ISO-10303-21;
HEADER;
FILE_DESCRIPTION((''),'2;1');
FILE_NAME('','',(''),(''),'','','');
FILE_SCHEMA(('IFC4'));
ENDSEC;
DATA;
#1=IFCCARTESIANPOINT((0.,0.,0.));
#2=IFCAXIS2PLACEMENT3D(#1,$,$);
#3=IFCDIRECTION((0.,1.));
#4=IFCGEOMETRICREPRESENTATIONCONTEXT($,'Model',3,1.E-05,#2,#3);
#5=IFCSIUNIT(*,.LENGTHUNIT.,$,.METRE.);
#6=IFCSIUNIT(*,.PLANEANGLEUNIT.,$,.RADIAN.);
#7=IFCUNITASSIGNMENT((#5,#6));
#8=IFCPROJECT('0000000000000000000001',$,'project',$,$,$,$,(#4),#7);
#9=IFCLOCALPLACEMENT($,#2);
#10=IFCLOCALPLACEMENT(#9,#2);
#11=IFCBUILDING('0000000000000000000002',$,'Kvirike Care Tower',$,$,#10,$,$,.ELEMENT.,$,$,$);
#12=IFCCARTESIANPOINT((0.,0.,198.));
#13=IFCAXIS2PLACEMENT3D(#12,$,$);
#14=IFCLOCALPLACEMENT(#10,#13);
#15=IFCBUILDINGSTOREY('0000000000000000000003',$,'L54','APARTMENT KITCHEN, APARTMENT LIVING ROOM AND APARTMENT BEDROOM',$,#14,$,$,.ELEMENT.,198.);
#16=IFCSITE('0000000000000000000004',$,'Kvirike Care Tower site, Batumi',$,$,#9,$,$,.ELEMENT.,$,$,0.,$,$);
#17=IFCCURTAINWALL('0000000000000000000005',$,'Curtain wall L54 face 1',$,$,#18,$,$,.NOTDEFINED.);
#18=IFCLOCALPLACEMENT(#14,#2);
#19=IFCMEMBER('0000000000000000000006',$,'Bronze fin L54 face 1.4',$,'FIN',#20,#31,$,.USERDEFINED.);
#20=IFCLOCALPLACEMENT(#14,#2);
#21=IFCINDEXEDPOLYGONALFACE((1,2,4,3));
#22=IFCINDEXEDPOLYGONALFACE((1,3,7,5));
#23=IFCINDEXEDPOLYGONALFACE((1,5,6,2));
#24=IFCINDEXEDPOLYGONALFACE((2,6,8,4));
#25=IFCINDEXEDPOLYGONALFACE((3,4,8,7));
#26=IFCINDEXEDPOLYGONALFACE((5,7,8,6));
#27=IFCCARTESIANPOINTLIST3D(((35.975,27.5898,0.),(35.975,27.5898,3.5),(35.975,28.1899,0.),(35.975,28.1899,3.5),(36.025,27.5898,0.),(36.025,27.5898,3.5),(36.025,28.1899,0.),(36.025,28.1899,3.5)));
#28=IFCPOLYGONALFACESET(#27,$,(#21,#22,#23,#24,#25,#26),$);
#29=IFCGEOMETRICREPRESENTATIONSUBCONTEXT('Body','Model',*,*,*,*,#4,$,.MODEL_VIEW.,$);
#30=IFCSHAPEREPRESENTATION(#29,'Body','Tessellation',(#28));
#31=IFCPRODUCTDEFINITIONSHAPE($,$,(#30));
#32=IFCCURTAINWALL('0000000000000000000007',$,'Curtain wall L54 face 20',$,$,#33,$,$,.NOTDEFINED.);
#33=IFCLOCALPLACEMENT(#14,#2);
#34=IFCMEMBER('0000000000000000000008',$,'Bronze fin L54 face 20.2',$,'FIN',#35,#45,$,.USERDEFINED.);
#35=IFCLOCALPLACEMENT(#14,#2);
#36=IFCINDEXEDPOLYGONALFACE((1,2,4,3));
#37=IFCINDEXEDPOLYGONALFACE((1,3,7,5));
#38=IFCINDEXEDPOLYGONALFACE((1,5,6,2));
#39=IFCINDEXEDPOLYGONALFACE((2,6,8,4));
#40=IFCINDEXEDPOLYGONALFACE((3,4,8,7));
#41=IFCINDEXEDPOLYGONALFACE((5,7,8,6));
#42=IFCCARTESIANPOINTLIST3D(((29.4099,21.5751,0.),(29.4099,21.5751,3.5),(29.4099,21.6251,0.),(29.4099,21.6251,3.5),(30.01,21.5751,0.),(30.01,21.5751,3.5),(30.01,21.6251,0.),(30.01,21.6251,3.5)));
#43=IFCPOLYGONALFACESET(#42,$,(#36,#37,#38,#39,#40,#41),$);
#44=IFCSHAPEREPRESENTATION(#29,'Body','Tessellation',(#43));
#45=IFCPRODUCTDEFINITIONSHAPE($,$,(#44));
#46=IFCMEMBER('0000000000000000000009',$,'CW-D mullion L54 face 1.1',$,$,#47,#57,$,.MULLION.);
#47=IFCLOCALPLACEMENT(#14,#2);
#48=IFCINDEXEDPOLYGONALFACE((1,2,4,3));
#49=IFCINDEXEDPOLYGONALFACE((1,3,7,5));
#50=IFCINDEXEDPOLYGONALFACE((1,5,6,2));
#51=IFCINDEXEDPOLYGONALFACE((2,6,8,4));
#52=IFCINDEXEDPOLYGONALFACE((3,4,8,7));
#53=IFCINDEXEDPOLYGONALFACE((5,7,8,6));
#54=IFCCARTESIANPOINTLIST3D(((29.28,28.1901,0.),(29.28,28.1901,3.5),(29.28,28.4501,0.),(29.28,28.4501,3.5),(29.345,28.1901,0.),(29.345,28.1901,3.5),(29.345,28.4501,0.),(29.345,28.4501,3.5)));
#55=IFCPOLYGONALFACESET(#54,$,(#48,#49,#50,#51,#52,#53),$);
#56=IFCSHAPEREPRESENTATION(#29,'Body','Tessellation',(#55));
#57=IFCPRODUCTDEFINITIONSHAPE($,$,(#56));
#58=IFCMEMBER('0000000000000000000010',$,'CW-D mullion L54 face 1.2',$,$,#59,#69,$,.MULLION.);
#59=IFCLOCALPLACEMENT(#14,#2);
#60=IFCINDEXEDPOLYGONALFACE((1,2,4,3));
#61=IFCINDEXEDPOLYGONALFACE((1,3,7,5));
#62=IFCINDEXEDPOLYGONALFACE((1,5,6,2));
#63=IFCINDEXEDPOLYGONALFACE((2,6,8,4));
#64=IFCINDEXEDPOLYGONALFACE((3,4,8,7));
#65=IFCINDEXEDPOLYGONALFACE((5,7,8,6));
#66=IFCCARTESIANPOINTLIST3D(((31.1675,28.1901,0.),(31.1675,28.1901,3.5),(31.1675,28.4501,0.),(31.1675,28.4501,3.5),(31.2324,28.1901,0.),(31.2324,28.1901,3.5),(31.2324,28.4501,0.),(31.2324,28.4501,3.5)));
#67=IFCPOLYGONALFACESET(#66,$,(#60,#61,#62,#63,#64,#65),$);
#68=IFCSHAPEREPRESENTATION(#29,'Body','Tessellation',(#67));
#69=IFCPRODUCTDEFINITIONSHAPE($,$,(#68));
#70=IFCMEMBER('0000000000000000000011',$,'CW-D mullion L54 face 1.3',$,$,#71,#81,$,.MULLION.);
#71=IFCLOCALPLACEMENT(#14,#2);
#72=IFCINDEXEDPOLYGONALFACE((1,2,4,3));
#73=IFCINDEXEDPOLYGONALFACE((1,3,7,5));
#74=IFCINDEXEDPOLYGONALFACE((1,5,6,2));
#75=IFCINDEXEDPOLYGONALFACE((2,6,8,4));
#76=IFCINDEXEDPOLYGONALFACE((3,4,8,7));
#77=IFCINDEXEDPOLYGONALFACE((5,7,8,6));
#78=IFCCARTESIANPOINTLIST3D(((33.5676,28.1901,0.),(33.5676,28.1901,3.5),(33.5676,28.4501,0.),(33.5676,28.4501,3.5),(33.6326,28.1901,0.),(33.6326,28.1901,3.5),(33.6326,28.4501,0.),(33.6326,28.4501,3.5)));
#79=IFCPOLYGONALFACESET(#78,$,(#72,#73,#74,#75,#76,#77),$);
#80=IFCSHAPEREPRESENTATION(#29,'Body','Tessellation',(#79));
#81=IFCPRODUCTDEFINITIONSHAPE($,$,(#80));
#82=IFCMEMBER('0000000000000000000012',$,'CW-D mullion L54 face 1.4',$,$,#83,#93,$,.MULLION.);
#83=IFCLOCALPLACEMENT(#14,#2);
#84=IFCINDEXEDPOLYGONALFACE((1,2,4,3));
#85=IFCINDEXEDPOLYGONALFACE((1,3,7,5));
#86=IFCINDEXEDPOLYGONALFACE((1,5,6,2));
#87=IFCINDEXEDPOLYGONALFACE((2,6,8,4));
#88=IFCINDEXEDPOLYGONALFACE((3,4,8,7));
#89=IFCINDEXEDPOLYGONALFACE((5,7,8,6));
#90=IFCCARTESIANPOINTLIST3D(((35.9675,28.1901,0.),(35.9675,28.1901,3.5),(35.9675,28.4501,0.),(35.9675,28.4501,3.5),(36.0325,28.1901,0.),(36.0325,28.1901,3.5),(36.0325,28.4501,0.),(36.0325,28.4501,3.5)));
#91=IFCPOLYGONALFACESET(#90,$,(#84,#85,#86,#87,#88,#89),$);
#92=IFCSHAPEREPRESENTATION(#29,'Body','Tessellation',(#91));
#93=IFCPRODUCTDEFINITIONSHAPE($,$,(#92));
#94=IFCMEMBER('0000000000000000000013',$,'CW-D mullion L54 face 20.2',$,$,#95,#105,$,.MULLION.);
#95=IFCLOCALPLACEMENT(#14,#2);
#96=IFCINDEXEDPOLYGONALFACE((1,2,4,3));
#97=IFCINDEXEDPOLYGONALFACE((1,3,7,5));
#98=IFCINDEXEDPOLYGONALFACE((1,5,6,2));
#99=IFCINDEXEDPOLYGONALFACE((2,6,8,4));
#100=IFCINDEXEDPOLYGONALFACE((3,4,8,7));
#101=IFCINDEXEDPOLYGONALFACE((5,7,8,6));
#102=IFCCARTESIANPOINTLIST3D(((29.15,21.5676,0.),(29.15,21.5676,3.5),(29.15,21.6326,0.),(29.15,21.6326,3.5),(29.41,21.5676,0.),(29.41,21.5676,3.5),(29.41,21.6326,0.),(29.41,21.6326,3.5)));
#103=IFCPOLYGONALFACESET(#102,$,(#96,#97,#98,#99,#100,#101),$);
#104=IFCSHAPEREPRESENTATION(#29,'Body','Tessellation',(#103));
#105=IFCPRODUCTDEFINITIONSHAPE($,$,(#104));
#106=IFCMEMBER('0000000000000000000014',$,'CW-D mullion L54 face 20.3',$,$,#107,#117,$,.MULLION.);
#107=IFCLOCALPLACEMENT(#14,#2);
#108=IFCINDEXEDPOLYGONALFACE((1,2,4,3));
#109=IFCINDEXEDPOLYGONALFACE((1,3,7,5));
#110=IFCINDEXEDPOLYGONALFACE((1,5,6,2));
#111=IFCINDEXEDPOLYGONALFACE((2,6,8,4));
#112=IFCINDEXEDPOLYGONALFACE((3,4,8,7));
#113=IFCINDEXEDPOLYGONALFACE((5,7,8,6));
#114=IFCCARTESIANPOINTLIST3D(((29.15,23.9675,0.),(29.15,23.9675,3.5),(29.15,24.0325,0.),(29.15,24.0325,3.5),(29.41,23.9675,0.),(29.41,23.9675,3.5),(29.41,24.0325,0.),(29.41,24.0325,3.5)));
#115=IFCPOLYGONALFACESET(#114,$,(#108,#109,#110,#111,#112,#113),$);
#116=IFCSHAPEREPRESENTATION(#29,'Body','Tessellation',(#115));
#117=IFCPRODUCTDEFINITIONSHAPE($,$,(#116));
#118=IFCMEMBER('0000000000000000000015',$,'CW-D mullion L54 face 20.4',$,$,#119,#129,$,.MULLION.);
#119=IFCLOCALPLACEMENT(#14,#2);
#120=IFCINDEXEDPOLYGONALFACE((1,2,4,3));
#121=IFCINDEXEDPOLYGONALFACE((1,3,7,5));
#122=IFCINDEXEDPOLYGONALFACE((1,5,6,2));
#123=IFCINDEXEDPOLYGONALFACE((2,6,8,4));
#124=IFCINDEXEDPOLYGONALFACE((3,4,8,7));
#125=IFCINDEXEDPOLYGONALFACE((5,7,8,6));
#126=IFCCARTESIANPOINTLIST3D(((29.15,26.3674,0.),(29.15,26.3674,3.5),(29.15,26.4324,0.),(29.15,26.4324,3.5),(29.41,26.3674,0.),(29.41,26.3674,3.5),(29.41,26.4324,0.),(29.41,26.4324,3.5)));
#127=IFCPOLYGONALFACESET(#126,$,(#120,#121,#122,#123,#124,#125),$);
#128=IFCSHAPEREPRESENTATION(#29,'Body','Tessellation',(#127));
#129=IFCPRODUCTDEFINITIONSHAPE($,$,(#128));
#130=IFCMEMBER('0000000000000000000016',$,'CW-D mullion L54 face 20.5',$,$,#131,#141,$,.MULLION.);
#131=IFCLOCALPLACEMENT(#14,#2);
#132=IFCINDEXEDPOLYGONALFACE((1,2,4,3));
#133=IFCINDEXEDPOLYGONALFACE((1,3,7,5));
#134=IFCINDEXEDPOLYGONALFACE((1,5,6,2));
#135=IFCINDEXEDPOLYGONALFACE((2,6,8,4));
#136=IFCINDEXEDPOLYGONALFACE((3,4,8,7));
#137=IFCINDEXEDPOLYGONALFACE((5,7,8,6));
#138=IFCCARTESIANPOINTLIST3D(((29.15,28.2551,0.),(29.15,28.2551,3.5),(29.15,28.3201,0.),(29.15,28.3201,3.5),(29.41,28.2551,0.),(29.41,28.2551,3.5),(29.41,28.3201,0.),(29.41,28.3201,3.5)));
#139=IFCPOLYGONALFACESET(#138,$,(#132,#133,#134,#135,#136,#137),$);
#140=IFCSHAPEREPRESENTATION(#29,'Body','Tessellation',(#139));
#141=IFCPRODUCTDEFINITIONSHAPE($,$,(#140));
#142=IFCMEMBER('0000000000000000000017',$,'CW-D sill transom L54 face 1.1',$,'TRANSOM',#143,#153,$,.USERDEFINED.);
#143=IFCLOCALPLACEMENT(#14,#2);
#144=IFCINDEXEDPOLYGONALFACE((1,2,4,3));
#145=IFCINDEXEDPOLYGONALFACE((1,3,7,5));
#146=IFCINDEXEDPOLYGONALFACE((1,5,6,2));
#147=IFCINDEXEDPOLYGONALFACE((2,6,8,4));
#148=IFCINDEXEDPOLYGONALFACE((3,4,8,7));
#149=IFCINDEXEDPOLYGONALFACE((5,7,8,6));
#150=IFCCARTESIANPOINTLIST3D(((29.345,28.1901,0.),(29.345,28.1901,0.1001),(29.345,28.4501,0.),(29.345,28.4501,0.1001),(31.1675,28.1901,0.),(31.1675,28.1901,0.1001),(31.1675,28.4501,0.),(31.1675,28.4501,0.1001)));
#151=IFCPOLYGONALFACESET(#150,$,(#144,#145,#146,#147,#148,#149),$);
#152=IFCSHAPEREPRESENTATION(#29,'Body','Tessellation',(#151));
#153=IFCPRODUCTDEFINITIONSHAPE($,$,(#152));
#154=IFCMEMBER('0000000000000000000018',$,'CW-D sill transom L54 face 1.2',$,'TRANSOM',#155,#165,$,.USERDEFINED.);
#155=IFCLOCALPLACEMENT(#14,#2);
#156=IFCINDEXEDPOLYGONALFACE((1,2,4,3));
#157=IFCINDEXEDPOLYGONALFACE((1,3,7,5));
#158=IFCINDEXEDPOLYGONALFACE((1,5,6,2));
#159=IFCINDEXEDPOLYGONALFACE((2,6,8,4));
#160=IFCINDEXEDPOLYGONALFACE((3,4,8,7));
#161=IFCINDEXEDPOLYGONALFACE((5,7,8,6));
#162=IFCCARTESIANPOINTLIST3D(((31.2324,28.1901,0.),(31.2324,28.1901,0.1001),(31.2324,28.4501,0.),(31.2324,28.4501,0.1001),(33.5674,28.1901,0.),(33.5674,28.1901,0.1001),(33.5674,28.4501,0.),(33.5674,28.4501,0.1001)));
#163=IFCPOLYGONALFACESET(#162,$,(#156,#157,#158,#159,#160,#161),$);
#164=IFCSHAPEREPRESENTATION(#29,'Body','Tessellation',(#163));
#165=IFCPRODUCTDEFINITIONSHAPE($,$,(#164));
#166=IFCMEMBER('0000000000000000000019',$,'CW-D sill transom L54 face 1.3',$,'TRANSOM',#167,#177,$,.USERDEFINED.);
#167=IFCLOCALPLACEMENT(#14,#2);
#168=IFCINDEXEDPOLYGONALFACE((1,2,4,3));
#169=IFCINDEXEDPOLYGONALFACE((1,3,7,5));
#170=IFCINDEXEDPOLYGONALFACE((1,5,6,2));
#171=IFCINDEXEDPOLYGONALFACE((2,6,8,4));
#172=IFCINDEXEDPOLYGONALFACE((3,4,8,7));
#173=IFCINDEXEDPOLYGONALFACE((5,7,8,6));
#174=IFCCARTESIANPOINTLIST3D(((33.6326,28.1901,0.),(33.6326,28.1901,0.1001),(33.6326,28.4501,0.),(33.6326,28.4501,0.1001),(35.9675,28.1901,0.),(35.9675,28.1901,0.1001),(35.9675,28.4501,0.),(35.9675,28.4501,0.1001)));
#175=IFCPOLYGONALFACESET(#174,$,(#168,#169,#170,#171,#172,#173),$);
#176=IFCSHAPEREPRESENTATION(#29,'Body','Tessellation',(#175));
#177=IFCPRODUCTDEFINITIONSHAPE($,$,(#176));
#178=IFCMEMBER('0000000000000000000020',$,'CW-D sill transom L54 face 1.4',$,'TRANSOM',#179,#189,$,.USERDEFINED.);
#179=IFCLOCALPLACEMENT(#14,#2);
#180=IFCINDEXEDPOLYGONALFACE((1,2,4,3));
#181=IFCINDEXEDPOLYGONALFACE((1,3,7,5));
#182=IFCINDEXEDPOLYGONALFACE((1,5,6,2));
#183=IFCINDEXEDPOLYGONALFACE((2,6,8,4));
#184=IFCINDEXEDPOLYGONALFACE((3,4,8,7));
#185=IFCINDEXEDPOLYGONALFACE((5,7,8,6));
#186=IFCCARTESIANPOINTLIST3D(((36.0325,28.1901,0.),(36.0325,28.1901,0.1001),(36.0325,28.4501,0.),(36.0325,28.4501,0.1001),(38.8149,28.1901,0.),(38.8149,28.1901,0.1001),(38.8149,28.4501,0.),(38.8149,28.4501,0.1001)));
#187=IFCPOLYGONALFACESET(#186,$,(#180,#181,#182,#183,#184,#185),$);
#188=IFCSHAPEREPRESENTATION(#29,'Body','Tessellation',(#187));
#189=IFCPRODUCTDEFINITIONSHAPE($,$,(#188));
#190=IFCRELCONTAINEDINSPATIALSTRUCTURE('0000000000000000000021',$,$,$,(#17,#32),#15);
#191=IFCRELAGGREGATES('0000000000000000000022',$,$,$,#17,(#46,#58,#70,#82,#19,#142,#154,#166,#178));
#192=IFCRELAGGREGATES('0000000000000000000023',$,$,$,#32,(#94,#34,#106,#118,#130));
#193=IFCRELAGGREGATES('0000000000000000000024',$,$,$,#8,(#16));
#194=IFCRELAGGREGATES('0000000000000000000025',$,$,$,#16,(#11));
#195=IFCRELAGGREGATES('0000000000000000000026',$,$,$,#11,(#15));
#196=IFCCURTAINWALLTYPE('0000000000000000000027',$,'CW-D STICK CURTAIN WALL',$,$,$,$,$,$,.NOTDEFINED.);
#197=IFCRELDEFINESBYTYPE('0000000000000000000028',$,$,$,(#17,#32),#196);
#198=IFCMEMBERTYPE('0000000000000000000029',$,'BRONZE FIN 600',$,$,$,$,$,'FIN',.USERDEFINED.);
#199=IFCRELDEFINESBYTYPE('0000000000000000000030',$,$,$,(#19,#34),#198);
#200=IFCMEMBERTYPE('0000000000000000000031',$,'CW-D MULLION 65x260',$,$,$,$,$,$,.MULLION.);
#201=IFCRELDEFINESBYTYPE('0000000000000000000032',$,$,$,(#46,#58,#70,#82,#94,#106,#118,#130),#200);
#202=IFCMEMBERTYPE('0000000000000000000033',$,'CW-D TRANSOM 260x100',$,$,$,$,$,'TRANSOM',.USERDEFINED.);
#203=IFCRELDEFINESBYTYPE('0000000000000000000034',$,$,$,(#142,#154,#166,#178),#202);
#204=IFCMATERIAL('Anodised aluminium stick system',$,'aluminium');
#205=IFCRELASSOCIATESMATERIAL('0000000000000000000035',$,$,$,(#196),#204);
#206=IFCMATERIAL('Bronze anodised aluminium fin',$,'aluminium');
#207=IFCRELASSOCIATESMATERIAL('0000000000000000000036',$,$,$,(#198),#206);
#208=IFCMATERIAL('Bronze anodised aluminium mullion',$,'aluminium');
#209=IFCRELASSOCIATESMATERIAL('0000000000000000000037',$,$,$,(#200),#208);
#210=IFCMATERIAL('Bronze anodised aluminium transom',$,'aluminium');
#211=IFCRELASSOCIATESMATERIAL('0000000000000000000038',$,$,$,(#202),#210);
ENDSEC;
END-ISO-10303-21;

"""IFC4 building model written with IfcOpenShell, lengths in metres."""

from ifc_helpers import new_model, si_unit, direction, frame, origin, origin_2d, place, context, subcontext, project, spatial, rectangle, extrude, material, material_profile, profile_set, type_object, element, aggregate, save


model = new_model("IFC4")

# Units and contexts
model_context = context("Model", 3, precision=1e-05, world=origin(), true_north=direction((0.0, 1.0)))
body_context = subcontext(model_context, "Body", "Model", "MODEL_VIEW")
ifc_project = project(units=[si_unit("LENGTHUNIT", "METRE"), si_unit("PLANEANGLEUNIT", "RADIAN")], contexts=[model_context])

# Site, building, storey
site_placement = place(None, origin())
site = spatial("IfcSite", under=ifc_project, at=site_placement, Name="Kvirike Care Tower site, Batumi", CompositionType="ELEMENT", RefElevation=0.0)
building_placement = place(site_placement, origin())
building = spatial("IfcBuilding", under=site, at=building_placement, Name="Kvirike Care Tower", CompositionType="ELEMENT")
storey_placement = place(building_placement, frame((0.0, 0.0, 198.0)))
storey = spatial("IfcBuildingStorey", under=building, at=storey_placement, Name="L54", Description="APARTMENT KITCHEN, APARTMENT LIVING ROOM AND APARTMENT BEDROOM", CompositionType="ELEMENT", Elevation=198.0)

# Curtain walls, members
ifc_material_1 = material(Name="Anodised aluminium stick system", Category="aluminium")
curtain_wall_type = type_object("IfcCurtainWallType", Name="CW-D STICK CURTAIN WALL", PredefinedType="NOTDEFINED", material=ifc_material_1)
curtain_wall_1_placement = place(storey_placement, origin())
curtain_wall_1 = element("IfcCurtainWall", 1, at=curtain_wall_1_placement, inside=storey, type_object=curtain_wall_type, Name="Curtain wall L54 face 1", PredefinedType="NOTDEFINED")
ifc_material_2 = material(Name="Bronze anodised aluminium fin", Category="aluminium")
ifc_material_profile_1 = material_profile(ifc_material_2, rectangle(XDim=0.05, YDim=0.6001, at=origin_2d()), Name="BRONZE FIN 600")
ifc_profile_set_1 = profile_set([ifc_material_profile_1], Name="Bronze anodised aluminium fin")
member_type_1 = type_object("IfcMemberType", Name="BRONZE FIN 600", ElementType="FIN", PredefinedType="USERDEFINED", material=ifc_profile_set_1)
member_1_placement = place(storey_placement, frame((36.0, 27.8899, 0.0), z_axis=(0.0, 0.0, 1.0), x_axis=(1.0, 0.0, 0.0)))
member_1 = element("IfcMember", 2, at=member_1_placement, type_object=member_type_1, Name="Bronze fin L54 face 1.4", ObjectType="FIN", PredefinedType="USERDEFINED", context=body_context, shape_type="SweptSolid", body=[
    extrude(rectangle(XDim=0.05, YDim=0.6001, at=origin_2d()), origin(), (0.0, 0.0, 1.0), 3.5),
])
curtain_wall_2_placement = place(storey_placement, origin())
curtain_wall_2 = element("IfcCurtainWall", 3, at=curtain_wall_2_placement, inside=storey, type_object=curtain_wall_type, Name="Curtain wall L54 face 20", PredefinedType="NOTDEFINED")
member_2_placement = place(storey_placement, frame((29.71, 21.6001, 0.0), z_axis=(0.0, 0.0, 1.0), x_axis=(0.0, 1.0, 0.0)))
member_2 = element("IfcMember", 4, at=member_2_placement, type_object=member_type_1, Name="Bronze fin L54 face 20.2", ObjectType="FIN", PredefinedType="USERDEFINED", context=body_context, shape_type="SweptSolid", body=[
    extrude(rectangle(XDim=0.05, YDim=0.6001, at=origin_2d()), origin(), (0.0, 0.0, 1.0), 3.5),
])

# Members
ifc_material_3 = material(Name="Bronze anodised aluminium mullion", Category="aluminium")
ifc_material_profile_2 = material_profile(ifc_material_3, rectangle(XDim=0.0649, YDim=0.26, at=origin_2d()), Name="CW-D MULLION 65x260")
ifc_profile_set_2 = profile_set([ifc_material_profile_2], Name="Bronze anodised aluminium mullion")
member_type_2 = type_object("IfcMemberType", Name="CW-D MULLION 65x260", PredefinedType="MULLION", material=ifc_profile_set_2)
member_3_placement = place(storey_placement, frame((29.3125, 28.3201, 0.0), z_axis=(0.0, 0.0, 1.0), x_axis=(1.0, 0.0, 0.0)))
member_3 = element("IfcMember", 5, at=member_3_placement, type_object=member_type_2, Name="CW-D mullion L54 face 1.1", PredefinedType="MULLION", context=body_context, shape_type="SweptSolid", body=[
    extrude(rectangle(XDim=0.0649, YDim=0.26, at=origin_2d()), origin(), (0.0, 0.0, 1.0), 3.5),
])
member_4_placement = place(storey_placement, frame((31.2, 28.3201, 0.0), z_axis=(0.0, 0.0, 1.0), x_axis=(1.0, 0.0, 0.0)))
member_4 = element("IfcMember", 6, at=member_4_placement, type_object=member_type_2, Name="CW-D mullion L54 face 1.2", PredefinedType="MULLION", context=body_context, shape_type="SweptSolid", body=[
    extrude(rectangle(XDim=0.0649, YDim=0.26, at=origin_2d()), origin(), (0.0, 0.0, 1.0), 3.5),
])
member_5_placement = place(storey_placement, frame((33.6001, 28.3201, 0.0), z_axis=(0.0, 0.0, 1.0), x_axis=(1.0, 0.0, 0.0)))
member_5 = element("IfcMember", 7, at=member_5_placement, type_object=member_type_2, Name="CW-D mullion L54 face 1.3", PredefinedType="MULLION", context=body_context, shape_type="SweptSolid", body=[
    extrude(rectangle(XDim=0.0649, YDim=0.26, at=origin_2d()), origin(), (0.0, 0.0, 1.0), 3.5),
])
member_6_placement = place(storey_placement, frame((36.0, 28.3201, 0.0), z_axis=(0.0, 0.0, 1.0), x_axis=(1.0, 0.0, 0.0)))
member_6 = element("IfcMember", 8, at=member_6_placement, type_object=member_type_2, Name="CW-D mullion L54 face 1.4", PredefinedType="MULLION", context=body_context, shape_type="SweptSolid", body=[
    extrude(rectangle(XDim=0.0649, YDim=0.26, at=origin_2d()), origin(), (0.0, 0.0, 1.0), 3.5),
])
member_7_placement = place(storey_placement, frame((29.28, 21.6001, 0.0), z_axis=(0.0, 0.0, 1.0), x_axis=(0.0, 1.0, 0.0)))
member_7 = element("IfcMember", 9, at=member_7_placement, type_object=member_type_2, Name="CW-D mullion L54 face 20.2", PredefinedType="MULLION", context=body_context, shape_type="SweptSolid", body=[
    extrude(rectangle(XDim=0.0649, YDim=0.26, at=origin_2d()), origin(), (0.0, 0.0, 1.0), 3.5),
])
member_8_placement = place(storey_placement, frame((29.28, 24.0, 0.0), z_axis=(0.0, 0.0, 1.0), x_axis=(0.0, 1.0, 0.0)))
member_8 = element("IfcMember", 10, at=member_8_placement, type_object=member_type_2, Name="CW-D mullion L54 face 20.3", PredefinedType="MULLION", context=body_context, shape_type="SweptSolid", body=[
    extrude(rectangle(XDim=0.0649, YDim=0.26, at=origin_2d()), origin(), (0.0, 0.0, 1.0), 3.5),
])
member_9_placement = place(storey_placement, frame((29.28, 26.3999, 0.0), z_axis=(0.0, 0.0, 1.0), x_axis=(0.0, 1.0, 0.0)))
member_9 = element("IfcMember", 11, at=member_9_placement, type_object=member_type_2, Name="CW-D mullion L54 face 20.4", PredefinedType="MULLION", context=body_context, shape_type="SweptSolid", body=[
    extrude(rectangle(XDim=0.0649, YDim=0.26, at=origin_2d()), origin(), (0.0, 0.0, 1.0), 3.5),
])
member_10_placement = place(storey_placement, frame((29.28, 28.2876, 0.0), z_axis=(0.0, 0.0, 1.0), x_axis=(0.0, 1.0, 0.0)))
member_10 = element("IfcMember", 12, at=member_10_placement, type_object=member_type_2, Name="CW-D mullion L54 face 20.5", PredefinedType="MULLION", context=body_context, shape_type="SweptSolid", body=[
    extrude(rectangle(XDim=0.0649, YDim=0.26, at=origin_2d()), origin(), (0.0, 0.0, 1.0), 3.5),
])
ifc_material_4 = material(Name="Bronze anodised aluminium transom", Category="aluminium")
ifc_material_profile_3 = material_profile(ifc_material_4, rectangle(XDim=0.26, YDim=0.1001, at=origin_2d()), Name="CW-D TRANSOM 260x100")
ifc_profile_set_3 = profile_set([ifc_material_profile_3], Name="Bronze anodised aluminium transom")
member_type_3 = type_object("IfcMemberType", Name="CW-D TRANSOM 260x100", ElementType="TRANSOM", PredefinedType="USERDEFINED", material=ifc_profile_set_3)
member_11_placement = place(storey_placement, frame((29.345, 28.3201, 0.05), z_axis=(1.0, 0.0, 0.0), x_axis=(0.0, 1.0, 0.0)))
member_11 = element("IfcMember", 13, at=member_11_placement, type_object=member_type_3, Name="CW-D sill transom L54 face 1.1", ObjectType="TRANSOM", PredefinedType="USERDEFINED", context=body_context, shape_type="SweptSolid", body=[
    extrude(rectangle(XDim=0.26, YDim=0.1001, at=origin_2d()), origin(), (0.0, 0.0, 1.0), 1.8225),
])
member_12_placement = place(storey_placement, frame((31.2324, 28.3201, 0.05), z_axis=(1.0, 0.0, 0.0), x_axis=(0.0, 1.0, 0.0)))
member_12 = element("IfcMember", 14, at=member_12_placement, type_object=member_type_3, Name="CW-D sill transom L54 face 1.2", ObjectType="TRANSOM", PredefinedType="USERDEFINED", context=body_context, shape_type="SweptSolid", body=[
    extrude(rectangle(XDim=0.26, YDim=0.1001, at=origin_2d()), origin(), (0.0, 0.0, 1.0), 2.335),
])
member_13_placement = place(storey_placement, frame((33.6326, 28.3201, 0.05), z_axis=(1.0, 0.0, 0.0), x_axis=(0.0, 1.0, 0.0)))
member_13 = element("IfcMember", 15, at=member_13_placement, type_object=member_type_3, Name="CW-D sill transom L54 face 1.3", ObjectType="TRANSOM", PredefinedType="USERDEFINED", context=body_context, shape_type="SweptSolid", body=[
    extrude(rectangle(XDim=0.26, YDim=0.1001, at=origin_2d()), origin(), (0.0, 0.0, 1.0), 2.335),
])
member_14_placement = place(storey_placement, frame((36.0325, 28.3201, 0.05), z_axis=(1.0, 0.0, 0.0), x_axis=(0.0, 1.0, 0.0)))
member_14 = element("IfcMember", 16, at=member_14_placement, type_object=member_type_3, Name="CW-D sill transom L54 face 1.4", ObjectType="TRANSOM", PredefinedType="USERDEFINED", context=body_context, shape_type="SweptSolid", body=[
    extrude(rectangle(XDim=0.26, YDim=0.1001, at=origin_2d()), origin(), (0.0, 0.0, 1.0), 2.7825),
])

aggregate(curtain_wall_1, [member_3, member_4, member_5, member_6, member_1, member_11, member_12, member_13, member_14])
aggregate(curtain_wall_2, [member_7, member_2, member_8, member_9, member_10])

save(model, "model.ifc")
